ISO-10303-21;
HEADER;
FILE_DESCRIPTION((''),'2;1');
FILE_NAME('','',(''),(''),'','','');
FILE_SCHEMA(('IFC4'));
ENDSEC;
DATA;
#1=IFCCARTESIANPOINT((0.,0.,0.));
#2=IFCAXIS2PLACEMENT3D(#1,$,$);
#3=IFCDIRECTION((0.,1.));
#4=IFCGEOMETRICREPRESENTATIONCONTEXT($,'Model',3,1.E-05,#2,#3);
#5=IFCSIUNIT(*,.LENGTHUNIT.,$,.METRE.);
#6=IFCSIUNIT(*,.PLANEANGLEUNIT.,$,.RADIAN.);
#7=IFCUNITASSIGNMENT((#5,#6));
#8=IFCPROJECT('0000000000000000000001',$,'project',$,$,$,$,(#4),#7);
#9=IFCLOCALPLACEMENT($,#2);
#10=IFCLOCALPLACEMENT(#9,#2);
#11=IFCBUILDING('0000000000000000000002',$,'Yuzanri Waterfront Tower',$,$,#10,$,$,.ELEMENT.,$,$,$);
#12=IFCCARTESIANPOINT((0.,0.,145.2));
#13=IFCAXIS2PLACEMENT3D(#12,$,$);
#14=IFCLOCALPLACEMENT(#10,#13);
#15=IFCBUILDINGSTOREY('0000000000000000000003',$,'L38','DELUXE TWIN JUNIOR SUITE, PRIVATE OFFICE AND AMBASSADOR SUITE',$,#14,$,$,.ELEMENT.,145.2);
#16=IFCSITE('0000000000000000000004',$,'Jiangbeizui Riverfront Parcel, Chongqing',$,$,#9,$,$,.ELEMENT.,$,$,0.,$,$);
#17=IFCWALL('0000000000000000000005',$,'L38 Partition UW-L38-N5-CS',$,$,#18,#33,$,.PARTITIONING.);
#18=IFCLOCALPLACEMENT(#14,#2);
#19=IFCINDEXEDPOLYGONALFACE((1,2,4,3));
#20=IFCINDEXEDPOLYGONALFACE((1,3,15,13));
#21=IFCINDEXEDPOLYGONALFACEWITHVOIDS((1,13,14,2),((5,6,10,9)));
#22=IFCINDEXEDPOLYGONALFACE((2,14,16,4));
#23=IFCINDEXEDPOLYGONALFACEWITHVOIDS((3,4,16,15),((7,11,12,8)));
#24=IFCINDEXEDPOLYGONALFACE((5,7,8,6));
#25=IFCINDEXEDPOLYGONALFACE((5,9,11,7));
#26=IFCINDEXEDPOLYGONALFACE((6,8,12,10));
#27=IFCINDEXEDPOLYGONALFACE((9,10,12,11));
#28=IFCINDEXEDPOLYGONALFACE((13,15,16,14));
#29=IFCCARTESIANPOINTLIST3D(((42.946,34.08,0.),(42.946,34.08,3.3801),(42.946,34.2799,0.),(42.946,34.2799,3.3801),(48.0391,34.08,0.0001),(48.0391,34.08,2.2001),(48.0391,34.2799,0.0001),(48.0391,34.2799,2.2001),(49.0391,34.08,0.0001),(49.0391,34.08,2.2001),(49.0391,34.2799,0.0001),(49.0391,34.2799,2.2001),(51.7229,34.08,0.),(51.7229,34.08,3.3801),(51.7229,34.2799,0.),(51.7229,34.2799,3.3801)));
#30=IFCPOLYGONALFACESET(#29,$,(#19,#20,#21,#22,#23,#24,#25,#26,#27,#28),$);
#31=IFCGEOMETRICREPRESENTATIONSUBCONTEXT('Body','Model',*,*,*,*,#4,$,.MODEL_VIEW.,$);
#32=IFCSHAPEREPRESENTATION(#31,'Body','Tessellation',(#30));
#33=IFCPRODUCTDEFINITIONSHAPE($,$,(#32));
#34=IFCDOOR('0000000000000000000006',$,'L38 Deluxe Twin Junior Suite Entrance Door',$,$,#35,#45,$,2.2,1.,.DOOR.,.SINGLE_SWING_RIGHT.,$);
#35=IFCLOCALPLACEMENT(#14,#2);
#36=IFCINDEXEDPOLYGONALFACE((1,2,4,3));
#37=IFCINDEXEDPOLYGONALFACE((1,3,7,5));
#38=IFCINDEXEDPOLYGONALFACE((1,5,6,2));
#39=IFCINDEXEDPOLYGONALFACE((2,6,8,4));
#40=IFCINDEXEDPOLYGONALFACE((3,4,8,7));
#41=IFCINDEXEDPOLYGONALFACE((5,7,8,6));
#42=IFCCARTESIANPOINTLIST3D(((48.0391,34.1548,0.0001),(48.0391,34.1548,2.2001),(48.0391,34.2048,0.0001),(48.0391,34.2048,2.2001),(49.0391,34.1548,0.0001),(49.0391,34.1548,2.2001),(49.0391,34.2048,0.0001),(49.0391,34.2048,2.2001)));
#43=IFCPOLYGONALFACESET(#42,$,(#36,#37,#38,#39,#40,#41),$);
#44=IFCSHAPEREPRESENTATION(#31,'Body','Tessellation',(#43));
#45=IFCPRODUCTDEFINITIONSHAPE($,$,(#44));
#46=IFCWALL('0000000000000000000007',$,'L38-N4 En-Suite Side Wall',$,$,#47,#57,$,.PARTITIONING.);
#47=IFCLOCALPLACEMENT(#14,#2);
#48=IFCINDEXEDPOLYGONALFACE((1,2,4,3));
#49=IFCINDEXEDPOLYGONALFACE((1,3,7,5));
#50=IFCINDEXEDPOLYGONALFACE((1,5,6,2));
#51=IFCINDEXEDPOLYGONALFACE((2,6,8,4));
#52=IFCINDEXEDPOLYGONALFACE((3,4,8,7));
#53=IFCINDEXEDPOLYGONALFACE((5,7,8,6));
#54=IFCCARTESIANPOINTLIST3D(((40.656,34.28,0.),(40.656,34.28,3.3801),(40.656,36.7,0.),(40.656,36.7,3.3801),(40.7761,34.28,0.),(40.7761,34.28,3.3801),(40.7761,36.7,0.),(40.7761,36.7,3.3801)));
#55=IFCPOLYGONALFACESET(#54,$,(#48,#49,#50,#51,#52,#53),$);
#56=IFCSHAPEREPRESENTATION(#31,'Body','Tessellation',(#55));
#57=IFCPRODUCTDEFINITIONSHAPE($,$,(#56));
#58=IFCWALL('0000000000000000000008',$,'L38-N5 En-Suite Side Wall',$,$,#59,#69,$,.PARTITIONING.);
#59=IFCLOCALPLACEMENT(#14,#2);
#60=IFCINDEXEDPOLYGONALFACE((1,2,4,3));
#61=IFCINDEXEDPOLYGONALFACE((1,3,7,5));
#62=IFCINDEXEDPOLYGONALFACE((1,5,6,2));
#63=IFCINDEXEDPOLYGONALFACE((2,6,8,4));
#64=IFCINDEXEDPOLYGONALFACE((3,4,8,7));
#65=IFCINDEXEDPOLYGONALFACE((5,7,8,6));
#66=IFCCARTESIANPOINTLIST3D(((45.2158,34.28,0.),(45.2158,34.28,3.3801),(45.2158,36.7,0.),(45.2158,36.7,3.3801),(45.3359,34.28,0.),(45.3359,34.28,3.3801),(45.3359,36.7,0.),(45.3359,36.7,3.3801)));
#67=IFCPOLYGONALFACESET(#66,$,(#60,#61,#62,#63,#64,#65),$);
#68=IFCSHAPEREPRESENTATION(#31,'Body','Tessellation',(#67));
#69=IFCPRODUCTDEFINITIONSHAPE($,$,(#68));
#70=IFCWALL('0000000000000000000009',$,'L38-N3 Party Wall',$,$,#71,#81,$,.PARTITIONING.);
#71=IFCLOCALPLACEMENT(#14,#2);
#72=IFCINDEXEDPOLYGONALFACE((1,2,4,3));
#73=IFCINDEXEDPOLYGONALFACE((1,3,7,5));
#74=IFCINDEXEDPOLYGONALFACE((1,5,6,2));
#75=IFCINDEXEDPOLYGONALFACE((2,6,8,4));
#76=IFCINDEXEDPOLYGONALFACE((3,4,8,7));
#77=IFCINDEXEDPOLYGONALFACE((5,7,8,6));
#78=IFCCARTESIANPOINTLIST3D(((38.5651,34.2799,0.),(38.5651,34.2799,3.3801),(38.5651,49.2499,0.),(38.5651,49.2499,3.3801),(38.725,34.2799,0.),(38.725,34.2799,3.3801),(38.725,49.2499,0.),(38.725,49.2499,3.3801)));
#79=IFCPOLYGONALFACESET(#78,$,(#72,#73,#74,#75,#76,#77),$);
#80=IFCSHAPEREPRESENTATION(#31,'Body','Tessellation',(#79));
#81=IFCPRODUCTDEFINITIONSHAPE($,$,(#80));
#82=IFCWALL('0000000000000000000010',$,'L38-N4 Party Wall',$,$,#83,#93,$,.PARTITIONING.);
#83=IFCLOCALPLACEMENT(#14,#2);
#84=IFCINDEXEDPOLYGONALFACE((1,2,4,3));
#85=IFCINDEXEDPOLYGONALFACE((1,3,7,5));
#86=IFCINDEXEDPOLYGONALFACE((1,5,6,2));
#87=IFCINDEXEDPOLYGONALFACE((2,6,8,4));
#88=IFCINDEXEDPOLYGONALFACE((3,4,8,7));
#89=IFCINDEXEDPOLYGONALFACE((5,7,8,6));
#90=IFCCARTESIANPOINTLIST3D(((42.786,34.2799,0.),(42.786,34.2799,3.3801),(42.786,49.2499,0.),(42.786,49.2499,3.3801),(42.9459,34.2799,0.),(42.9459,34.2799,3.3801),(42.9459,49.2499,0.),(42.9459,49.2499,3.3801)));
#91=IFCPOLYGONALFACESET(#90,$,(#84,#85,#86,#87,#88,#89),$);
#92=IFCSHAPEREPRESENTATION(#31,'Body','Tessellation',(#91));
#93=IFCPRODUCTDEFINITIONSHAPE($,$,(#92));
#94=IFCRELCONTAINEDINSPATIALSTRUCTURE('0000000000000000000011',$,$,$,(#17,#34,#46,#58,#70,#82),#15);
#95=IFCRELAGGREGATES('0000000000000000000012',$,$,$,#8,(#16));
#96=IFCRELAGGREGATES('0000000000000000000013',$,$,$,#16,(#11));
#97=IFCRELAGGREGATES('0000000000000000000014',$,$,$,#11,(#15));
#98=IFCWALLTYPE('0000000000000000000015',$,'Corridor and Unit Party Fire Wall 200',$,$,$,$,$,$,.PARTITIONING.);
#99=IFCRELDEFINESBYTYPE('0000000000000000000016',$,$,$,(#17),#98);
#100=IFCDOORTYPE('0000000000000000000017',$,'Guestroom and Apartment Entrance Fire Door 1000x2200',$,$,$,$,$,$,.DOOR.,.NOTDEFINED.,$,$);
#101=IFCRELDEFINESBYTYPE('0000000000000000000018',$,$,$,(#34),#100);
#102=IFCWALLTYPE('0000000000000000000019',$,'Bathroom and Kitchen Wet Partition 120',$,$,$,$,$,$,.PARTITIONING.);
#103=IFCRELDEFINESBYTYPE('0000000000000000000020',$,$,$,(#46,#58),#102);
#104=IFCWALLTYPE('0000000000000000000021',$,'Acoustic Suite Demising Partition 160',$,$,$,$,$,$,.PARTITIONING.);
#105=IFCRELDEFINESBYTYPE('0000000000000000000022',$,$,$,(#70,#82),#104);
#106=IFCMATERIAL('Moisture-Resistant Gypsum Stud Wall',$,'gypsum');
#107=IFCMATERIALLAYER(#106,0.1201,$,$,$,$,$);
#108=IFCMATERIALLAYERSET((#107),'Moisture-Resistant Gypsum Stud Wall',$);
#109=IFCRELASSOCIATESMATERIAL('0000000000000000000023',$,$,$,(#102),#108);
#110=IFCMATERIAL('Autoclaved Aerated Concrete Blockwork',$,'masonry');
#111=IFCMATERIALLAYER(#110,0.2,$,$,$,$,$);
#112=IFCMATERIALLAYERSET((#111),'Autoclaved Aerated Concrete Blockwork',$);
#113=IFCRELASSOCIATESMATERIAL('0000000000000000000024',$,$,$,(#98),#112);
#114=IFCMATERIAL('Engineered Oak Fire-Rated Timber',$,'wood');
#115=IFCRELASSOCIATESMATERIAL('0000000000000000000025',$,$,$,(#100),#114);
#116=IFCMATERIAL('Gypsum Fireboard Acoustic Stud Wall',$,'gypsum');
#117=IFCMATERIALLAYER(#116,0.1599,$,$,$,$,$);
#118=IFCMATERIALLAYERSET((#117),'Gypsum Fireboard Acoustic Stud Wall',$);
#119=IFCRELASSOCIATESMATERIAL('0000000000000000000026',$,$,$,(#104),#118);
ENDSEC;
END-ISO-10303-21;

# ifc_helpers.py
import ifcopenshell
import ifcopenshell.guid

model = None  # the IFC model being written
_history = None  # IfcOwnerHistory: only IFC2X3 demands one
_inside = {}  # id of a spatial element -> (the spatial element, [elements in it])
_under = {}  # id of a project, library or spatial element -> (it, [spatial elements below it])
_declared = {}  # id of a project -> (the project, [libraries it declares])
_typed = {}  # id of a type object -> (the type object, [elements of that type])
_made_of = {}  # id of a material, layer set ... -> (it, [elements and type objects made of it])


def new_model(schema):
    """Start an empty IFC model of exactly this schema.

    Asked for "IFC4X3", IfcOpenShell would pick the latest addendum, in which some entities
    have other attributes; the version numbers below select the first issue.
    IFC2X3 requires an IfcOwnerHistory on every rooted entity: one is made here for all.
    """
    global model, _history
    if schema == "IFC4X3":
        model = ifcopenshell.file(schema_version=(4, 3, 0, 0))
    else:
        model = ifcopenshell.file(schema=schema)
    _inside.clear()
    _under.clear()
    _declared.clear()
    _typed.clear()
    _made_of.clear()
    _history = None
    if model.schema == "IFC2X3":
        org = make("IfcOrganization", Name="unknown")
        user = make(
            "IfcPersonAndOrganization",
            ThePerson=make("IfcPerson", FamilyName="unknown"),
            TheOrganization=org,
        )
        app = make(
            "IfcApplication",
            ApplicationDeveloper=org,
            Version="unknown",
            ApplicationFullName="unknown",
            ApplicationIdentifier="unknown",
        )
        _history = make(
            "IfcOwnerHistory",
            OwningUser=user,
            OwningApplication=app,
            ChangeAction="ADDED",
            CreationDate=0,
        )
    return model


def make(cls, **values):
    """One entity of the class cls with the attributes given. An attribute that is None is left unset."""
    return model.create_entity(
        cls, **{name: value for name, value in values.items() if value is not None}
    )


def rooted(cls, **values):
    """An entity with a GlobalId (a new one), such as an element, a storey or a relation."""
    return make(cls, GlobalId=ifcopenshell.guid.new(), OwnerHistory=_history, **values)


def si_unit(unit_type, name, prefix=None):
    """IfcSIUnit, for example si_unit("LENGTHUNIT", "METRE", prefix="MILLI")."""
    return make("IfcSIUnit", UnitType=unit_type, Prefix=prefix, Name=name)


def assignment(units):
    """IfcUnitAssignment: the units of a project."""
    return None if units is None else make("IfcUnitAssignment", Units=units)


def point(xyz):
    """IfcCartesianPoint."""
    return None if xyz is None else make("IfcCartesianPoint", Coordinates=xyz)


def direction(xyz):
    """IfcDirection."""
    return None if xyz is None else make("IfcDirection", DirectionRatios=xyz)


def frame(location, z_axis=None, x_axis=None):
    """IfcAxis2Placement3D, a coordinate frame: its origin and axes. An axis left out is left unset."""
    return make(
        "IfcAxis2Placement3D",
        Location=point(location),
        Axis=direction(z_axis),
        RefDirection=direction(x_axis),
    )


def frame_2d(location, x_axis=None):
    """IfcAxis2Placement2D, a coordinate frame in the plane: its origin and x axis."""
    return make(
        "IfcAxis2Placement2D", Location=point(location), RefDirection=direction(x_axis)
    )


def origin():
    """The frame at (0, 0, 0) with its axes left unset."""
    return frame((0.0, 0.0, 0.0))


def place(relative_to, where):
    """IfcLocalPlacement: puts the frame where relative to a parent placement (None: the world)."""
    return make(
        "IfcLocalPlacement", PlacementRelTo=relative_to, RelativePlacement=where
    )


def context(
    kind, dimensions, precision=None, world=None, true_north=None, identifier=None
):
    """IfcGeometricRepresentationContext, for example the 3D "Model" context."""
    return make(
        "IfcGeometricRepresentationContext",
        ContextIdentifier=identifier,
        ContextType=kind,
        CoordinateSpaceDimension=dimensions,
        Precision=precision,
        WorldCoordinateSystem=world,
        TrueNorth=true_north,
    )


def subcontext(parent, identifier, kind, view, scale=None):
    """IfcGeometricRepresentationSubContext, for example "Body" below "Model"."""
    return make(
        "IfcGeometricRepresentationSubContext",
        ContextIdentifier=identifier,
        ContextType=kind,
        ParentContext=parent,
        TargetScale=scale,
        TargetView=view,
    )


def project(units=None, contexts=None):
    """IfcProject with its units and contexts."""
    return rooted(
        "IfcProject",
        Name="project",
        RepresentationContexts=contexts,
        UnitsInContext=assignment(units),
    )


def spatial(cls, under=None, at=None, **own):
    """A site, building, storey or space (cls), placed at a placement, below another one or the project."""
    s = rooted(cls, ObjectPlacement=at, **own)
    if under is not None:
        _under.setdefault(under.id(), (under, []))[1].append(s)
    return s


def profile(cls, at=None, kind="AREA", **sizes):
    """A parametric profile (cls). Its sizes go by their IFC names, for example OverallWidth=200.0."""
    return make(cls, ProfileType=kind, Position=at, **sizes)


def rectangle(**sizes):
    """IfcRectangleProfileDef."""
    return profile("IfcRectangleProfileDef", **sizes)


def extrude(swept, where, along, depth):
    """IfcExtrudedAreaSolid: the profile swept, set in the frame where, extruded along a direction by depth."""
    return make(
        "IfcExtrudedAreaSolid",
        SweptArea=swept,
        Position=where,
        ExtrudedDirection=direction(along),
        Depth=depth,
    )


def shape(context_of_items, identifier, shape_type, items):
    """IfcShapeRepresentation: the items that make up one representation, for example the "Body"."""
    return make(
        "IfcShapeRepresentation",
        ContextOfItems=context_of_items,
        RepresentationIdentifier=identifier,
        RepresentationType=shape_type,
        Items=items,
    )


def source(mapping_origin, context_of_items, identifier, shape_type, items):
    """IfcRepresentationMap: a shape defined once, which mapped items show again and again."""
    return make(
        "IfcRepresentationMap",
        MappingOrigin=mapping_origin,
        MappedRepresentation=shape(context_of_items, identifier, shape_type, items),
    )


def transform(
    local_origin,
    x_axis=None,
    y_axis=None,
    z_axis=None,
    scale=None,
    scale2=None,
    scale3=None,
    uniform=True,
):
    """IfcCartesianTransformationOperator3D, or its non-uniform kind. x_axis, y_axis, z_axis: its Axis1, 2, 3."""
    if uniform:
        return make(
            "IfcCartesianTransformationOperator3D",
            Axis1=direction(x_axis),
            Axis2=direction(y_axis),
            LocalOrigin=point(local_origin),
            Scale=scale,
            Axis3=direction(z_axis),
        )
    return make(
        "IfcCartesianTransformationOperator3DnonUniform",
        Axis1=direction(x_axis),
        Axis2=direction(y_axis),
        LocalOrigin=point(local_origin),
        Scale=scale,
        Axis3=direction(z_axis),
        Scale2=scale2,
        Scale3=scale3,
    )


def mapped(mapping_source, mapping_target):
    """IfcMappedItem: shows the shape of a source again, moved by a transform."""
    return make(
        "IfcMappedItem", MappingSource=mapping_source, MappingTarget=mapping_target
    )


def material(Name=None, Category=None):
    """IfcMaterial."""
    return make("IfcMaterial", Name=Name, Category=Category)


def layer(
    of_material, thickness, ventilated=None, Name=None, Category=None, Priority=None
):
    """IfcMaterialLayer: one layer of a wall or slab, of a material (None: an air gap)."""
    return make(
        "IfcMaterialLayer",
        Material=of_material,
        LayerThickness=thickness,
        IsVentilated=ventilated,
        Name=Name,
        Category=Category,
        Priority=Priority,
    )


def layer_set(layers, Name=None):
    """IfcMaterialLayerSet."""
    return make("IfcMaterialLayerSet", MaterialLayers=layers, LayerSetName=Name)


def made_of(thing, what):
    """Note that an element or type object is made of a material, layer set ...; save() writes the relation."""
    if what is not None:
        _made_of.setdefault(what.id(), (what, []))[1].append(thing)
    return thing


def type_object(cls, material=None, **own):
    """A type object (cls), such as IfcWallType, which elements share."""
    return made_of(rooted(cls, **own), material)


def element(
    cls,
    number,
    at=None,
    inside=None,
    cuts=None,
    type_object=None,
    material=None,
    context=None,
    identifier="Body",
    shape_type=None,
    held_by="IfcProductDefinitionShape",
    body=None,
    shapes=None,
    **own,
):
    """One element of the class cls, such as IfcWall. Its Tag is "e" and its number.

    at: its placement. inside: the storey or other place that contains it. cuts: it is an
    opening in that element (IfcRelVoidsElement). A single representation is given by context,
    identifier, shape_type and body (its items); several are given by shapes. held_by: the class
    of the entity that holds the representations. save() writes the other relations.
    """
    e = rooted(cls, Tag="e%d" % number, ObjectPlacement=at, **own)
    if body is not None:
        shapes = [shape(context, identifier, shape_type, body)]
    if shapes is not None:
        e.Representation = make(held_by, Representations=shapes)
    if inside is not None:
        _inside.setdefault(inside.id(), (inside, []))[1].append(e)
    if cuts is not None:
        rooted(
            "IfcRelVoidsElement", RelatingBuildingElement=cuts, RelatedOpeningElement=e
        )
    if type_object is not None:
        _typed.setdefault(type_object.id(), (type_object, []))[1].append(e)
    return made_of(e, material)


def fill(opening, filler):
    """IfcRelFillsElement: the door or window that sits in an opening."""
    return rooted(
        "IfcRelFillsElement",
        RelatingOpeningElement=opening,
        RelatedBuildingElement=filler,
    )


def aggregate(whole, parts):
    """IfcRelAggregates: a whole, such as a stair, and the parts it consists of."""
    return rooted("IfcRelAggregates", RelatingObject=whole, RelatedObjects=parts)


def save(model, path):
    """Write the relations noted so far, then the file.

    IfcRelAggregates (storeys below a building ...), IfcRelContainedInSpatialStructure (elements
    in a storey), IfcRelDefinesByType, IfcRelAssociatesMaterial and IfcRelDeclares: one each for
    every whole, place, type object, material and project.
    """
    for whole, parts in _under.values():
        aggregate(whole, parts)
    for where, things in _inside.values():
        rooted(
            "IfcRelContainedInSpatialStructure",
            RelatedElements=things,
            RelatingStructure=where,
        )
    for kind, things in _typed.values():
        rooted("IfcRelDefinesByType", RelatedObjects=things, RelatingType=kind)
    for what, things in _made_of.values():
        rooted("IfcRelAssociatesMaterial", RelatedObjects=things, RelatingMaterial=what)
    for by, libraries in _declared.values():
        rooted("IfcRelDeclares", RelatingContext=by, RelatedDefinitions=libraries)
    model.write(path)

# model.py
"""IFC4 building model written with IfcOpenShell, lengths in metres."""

from ifc_helpers import new_model, si_unit, direction, frame, frame_2d, origin, place, context, subcontext, project, spatial, rectangle, extrude, source, transform, mapped, material, layer, layer_set, type_object, element, fill, save


model = new_model("IFC4")

# Units and contexts
model_context = context("Model", 3, precision=1e-05, world=origin(), true_north=direction((0.0, 1.0)))
body_context = subcontext(model_context, "Body", "Model", "MODEL_VIEW")
ifc_project = project(units=[si_unit("LENGTHUNIT", "METRE"), si_unit("PLANEANGLEUNIT", "RADIAN")], contexts=[model_context])

# Site, building, storey
site_placement = place(None, origin())
site = spatial("IfcSite", under=ifc_project, at=site_placement, Name="Jiangbeizui Riverfront Parcel, Chongqing", CompositionType="ELEMENT", RefElevation=0.0)
building_placement = place(site_placement, origin())
building = spatial("IfcBuilding", under=site, at=building_placement, Name="Yuzanri Waterfront Tower", CompositionType="ELEMENT")
storey_placement = place(building_placement, frame((0.0, 0.0, 145.2)))
storey = spatial("IfcBuildingStorey", under=building, at=storey_placement, Name="L38", Description="DELUXE TWIN JUNIOR SUITE, PRIVATE OFFICE AND AMBASSADOR SUITE", CompositionType="ELEMENT", Elevation=145.2)

# Wall, opening, door
ifc_material_1 = material(Name="Moisture-Resistant Gypsum Stud Wall", Category="gypsum")
ifc_layer_1 = layer(ifc_material_1, 0.1201)
ifc_layer_set_1 = layer_set([ifc_layer_1], Name="Moisture-Resistant Gypsum Stud Wall")
wall_type_1 = type_object("IfcWallType", Name="Bathroom and Kitchen Wet Partition 120", PredefinedType="PARTITIONING", material=ifc_layer_set_1)
ifc_material_2 = material(Name="Autoclaved Aerated Concrete Blockwork", Category="masonry")
ifc_layer_2 = layer(ifc_material_2, 0.2)
ifc_layer_set_2 = layer_set([ifc_layer_2], Name="Autoclaved Aerated Concrete Blockwork")
wall_type_2 = type_object("IfcWallType", Name="Corridor and Unit Party Fire Wall 200", PredefinedType="PARTITIONING", material=ifc_layer_set_2)
ifc_material_3 = material(Name="Engineered Oak Fire-Rated Timber", Category="wood")
door_type_1 = type_object("IfcDoorType", Name="Guestroom and Apartment Entrance Fire Door 1000x2200", OperationType="NOTDEFINED", PredefinedType="DOOR", material=ifc_material_3)
shared_shape_1 = source(origin(), body_context, "Body", "SweptSolid", [
    extrude(rectangle(XDim=1.0, YDim=2.2, at=frame_2d((0.5, 1.1001))), frame((0.0, 0.0249, 0.0), z_axis=(0.0, -1.0, 0.0), x_axis=(1.0, 0.0, 0.0)), (0.0, 0.0, 1.0), 0.05),
])
wall_1_placement = place(storey_placement, frame((42.946, 34.1799, 0.0), z_axis=(0.0, 0.0, 1.0), x_axis=(1.0, 0.0, 0.0)))
wall_1 = element("IfcWall", 1, at=wall_1_placement, inside=storey, type_object=wall_type_2, Name="L38 Partition UW-L38-N5-CS", PredefinedType="PARTITIONING", context=body_context, shape_type="SweptSolid", body=[
    extrude(rectangle(XDim=8.7769, YDim=0.2, at=frame_2d((4.3884, 0.0))), origin(), (0.0, 0.0, 1.0), 3.3801),
])
opening_1_placement = place(wall_1_placement, frame((5.093, 0.0, 0.0)))
opening_1 = element("IfcOpeningElement", 2, at=opening_1_placement, cuts=wall_1, PredefinedType="OPENING", context=body_context, shape_type="SweptSolid", body=[
    extrude(rectangle(XDim=1.0, YDim=2.2, at=frame_2d((0.5, 1.1001))), frame((0.0, 0.1147, 0.0), z_axis=(0.0, -1.0, 0.0), x_axis=(1.0, 0.0, 0.0)), (0.0, 0.0, 1.0), 0.2297),
])
door_1_placement = place(opening_1_placement, origin())
door_1 = element("IfcDoor", 3, at=door_1_placement, inside=storey, type_object=door_type_1, Name="L38 Deluxe Twin Junior Suite Entrance Door", OperationType="SINGLE_SWING_RIGHT", OverallHeight=2.2, OverallWidth=1.0, PredefinedType="DOOR", context=body_context, shape_type="MappedRepresentation", body=[
    mapped(shared_shape_1, transform((0.0, 0.0, 0.0), scale=1.0)),
])
fill(opening_1, door_1)

# Walls
shared_shape_2 = source(origin(), body_context, "Body", "SweptSolid", [
    extrude(rectangle(XDim=2.4199, YDim=0.1201, at=frame_2d((1.21, 0.0))), origin(), (0.0, 0.0, 1.0), 3.3801),
])
for number, where, z_axis, x_axis, name in (
    (4, (40.7161, 34.28, 0.0), (0.0, 0.0, 1.0), (0.0, 1.0, 0.0), "L38-N4 En-Suite Side Wall"),
    (5, (45.2759, 34.28, 0.0), (0.0, 0.0, 1.0), (0.0, 1.0, 0.0), "L38-N5 En-Suite Side Wall"),
):
    element("IfcWall", number, at=place(storey_placement, frame(where, z_axis=z_axis, x_axis=x_axis)), inside=storey, type_object=wall_type_1, Name=name, PredefinedType="PARTITIONING", context=body_context, shape_type="MappedRepresentation", body=[
        mapped(shared_shape_2, transform((0.0, 0.0, 0.0), scale=1.0)),
    ])
ifc_material_4 = material(Name="Gypsum Fireboard Acoustic Stud Wall", Category="gypsum")
ifc_layer_3 = layer(ifc_material_4, 0.1599)
ifc_layer_set_3 = layer_set([ifc_layer_3], Name="Gypsum Fireboard Acoustic Stud Wall")
wall_type_3 = type_object("IfcWallType", Name="Acoustic Suite Demising Partition 160", PredefinedType="PARTITIONING", material=ifc_layer_set_3)
shared_shape_3 = source(origin(), body_context, "Body", "SweptSolid", [
    extrude(rectangle(XDim=14.97, YDim=0.1599, at=frame_2d((7.4849, 0.0))), origin(), (0.0, 0.0, 1.0), 3.3801),
])
for number, where, z_axis, x_axis, name in (
    (6, (38.645, 34.28, 0.0), (0.0, 0.0, 1.0), (0.0, 1.0, 0.0), "L38-N3 Party Wall"),
    (7, (42.866, 34.28, 0.0), (0.0, 0.0, 1.0), (0.0, 1.0, 0.0), "L38-N4 Party Wall"),
):
    element("IfcWall", number, at=place(storey_placement, frame(where, z_axis=z_axis, x_axis=x_axis)), inside=storey, type_object=wall_type_3, Name=name, PredefinedType="PARTITIONING", context=body_context, shape_type="MappedRepresentation", body=[
        mapped(shared_shape_3, transform((0.0, 0.0, 0.0), scale=1.0)),
    ])

save(model, "model.ifc")
